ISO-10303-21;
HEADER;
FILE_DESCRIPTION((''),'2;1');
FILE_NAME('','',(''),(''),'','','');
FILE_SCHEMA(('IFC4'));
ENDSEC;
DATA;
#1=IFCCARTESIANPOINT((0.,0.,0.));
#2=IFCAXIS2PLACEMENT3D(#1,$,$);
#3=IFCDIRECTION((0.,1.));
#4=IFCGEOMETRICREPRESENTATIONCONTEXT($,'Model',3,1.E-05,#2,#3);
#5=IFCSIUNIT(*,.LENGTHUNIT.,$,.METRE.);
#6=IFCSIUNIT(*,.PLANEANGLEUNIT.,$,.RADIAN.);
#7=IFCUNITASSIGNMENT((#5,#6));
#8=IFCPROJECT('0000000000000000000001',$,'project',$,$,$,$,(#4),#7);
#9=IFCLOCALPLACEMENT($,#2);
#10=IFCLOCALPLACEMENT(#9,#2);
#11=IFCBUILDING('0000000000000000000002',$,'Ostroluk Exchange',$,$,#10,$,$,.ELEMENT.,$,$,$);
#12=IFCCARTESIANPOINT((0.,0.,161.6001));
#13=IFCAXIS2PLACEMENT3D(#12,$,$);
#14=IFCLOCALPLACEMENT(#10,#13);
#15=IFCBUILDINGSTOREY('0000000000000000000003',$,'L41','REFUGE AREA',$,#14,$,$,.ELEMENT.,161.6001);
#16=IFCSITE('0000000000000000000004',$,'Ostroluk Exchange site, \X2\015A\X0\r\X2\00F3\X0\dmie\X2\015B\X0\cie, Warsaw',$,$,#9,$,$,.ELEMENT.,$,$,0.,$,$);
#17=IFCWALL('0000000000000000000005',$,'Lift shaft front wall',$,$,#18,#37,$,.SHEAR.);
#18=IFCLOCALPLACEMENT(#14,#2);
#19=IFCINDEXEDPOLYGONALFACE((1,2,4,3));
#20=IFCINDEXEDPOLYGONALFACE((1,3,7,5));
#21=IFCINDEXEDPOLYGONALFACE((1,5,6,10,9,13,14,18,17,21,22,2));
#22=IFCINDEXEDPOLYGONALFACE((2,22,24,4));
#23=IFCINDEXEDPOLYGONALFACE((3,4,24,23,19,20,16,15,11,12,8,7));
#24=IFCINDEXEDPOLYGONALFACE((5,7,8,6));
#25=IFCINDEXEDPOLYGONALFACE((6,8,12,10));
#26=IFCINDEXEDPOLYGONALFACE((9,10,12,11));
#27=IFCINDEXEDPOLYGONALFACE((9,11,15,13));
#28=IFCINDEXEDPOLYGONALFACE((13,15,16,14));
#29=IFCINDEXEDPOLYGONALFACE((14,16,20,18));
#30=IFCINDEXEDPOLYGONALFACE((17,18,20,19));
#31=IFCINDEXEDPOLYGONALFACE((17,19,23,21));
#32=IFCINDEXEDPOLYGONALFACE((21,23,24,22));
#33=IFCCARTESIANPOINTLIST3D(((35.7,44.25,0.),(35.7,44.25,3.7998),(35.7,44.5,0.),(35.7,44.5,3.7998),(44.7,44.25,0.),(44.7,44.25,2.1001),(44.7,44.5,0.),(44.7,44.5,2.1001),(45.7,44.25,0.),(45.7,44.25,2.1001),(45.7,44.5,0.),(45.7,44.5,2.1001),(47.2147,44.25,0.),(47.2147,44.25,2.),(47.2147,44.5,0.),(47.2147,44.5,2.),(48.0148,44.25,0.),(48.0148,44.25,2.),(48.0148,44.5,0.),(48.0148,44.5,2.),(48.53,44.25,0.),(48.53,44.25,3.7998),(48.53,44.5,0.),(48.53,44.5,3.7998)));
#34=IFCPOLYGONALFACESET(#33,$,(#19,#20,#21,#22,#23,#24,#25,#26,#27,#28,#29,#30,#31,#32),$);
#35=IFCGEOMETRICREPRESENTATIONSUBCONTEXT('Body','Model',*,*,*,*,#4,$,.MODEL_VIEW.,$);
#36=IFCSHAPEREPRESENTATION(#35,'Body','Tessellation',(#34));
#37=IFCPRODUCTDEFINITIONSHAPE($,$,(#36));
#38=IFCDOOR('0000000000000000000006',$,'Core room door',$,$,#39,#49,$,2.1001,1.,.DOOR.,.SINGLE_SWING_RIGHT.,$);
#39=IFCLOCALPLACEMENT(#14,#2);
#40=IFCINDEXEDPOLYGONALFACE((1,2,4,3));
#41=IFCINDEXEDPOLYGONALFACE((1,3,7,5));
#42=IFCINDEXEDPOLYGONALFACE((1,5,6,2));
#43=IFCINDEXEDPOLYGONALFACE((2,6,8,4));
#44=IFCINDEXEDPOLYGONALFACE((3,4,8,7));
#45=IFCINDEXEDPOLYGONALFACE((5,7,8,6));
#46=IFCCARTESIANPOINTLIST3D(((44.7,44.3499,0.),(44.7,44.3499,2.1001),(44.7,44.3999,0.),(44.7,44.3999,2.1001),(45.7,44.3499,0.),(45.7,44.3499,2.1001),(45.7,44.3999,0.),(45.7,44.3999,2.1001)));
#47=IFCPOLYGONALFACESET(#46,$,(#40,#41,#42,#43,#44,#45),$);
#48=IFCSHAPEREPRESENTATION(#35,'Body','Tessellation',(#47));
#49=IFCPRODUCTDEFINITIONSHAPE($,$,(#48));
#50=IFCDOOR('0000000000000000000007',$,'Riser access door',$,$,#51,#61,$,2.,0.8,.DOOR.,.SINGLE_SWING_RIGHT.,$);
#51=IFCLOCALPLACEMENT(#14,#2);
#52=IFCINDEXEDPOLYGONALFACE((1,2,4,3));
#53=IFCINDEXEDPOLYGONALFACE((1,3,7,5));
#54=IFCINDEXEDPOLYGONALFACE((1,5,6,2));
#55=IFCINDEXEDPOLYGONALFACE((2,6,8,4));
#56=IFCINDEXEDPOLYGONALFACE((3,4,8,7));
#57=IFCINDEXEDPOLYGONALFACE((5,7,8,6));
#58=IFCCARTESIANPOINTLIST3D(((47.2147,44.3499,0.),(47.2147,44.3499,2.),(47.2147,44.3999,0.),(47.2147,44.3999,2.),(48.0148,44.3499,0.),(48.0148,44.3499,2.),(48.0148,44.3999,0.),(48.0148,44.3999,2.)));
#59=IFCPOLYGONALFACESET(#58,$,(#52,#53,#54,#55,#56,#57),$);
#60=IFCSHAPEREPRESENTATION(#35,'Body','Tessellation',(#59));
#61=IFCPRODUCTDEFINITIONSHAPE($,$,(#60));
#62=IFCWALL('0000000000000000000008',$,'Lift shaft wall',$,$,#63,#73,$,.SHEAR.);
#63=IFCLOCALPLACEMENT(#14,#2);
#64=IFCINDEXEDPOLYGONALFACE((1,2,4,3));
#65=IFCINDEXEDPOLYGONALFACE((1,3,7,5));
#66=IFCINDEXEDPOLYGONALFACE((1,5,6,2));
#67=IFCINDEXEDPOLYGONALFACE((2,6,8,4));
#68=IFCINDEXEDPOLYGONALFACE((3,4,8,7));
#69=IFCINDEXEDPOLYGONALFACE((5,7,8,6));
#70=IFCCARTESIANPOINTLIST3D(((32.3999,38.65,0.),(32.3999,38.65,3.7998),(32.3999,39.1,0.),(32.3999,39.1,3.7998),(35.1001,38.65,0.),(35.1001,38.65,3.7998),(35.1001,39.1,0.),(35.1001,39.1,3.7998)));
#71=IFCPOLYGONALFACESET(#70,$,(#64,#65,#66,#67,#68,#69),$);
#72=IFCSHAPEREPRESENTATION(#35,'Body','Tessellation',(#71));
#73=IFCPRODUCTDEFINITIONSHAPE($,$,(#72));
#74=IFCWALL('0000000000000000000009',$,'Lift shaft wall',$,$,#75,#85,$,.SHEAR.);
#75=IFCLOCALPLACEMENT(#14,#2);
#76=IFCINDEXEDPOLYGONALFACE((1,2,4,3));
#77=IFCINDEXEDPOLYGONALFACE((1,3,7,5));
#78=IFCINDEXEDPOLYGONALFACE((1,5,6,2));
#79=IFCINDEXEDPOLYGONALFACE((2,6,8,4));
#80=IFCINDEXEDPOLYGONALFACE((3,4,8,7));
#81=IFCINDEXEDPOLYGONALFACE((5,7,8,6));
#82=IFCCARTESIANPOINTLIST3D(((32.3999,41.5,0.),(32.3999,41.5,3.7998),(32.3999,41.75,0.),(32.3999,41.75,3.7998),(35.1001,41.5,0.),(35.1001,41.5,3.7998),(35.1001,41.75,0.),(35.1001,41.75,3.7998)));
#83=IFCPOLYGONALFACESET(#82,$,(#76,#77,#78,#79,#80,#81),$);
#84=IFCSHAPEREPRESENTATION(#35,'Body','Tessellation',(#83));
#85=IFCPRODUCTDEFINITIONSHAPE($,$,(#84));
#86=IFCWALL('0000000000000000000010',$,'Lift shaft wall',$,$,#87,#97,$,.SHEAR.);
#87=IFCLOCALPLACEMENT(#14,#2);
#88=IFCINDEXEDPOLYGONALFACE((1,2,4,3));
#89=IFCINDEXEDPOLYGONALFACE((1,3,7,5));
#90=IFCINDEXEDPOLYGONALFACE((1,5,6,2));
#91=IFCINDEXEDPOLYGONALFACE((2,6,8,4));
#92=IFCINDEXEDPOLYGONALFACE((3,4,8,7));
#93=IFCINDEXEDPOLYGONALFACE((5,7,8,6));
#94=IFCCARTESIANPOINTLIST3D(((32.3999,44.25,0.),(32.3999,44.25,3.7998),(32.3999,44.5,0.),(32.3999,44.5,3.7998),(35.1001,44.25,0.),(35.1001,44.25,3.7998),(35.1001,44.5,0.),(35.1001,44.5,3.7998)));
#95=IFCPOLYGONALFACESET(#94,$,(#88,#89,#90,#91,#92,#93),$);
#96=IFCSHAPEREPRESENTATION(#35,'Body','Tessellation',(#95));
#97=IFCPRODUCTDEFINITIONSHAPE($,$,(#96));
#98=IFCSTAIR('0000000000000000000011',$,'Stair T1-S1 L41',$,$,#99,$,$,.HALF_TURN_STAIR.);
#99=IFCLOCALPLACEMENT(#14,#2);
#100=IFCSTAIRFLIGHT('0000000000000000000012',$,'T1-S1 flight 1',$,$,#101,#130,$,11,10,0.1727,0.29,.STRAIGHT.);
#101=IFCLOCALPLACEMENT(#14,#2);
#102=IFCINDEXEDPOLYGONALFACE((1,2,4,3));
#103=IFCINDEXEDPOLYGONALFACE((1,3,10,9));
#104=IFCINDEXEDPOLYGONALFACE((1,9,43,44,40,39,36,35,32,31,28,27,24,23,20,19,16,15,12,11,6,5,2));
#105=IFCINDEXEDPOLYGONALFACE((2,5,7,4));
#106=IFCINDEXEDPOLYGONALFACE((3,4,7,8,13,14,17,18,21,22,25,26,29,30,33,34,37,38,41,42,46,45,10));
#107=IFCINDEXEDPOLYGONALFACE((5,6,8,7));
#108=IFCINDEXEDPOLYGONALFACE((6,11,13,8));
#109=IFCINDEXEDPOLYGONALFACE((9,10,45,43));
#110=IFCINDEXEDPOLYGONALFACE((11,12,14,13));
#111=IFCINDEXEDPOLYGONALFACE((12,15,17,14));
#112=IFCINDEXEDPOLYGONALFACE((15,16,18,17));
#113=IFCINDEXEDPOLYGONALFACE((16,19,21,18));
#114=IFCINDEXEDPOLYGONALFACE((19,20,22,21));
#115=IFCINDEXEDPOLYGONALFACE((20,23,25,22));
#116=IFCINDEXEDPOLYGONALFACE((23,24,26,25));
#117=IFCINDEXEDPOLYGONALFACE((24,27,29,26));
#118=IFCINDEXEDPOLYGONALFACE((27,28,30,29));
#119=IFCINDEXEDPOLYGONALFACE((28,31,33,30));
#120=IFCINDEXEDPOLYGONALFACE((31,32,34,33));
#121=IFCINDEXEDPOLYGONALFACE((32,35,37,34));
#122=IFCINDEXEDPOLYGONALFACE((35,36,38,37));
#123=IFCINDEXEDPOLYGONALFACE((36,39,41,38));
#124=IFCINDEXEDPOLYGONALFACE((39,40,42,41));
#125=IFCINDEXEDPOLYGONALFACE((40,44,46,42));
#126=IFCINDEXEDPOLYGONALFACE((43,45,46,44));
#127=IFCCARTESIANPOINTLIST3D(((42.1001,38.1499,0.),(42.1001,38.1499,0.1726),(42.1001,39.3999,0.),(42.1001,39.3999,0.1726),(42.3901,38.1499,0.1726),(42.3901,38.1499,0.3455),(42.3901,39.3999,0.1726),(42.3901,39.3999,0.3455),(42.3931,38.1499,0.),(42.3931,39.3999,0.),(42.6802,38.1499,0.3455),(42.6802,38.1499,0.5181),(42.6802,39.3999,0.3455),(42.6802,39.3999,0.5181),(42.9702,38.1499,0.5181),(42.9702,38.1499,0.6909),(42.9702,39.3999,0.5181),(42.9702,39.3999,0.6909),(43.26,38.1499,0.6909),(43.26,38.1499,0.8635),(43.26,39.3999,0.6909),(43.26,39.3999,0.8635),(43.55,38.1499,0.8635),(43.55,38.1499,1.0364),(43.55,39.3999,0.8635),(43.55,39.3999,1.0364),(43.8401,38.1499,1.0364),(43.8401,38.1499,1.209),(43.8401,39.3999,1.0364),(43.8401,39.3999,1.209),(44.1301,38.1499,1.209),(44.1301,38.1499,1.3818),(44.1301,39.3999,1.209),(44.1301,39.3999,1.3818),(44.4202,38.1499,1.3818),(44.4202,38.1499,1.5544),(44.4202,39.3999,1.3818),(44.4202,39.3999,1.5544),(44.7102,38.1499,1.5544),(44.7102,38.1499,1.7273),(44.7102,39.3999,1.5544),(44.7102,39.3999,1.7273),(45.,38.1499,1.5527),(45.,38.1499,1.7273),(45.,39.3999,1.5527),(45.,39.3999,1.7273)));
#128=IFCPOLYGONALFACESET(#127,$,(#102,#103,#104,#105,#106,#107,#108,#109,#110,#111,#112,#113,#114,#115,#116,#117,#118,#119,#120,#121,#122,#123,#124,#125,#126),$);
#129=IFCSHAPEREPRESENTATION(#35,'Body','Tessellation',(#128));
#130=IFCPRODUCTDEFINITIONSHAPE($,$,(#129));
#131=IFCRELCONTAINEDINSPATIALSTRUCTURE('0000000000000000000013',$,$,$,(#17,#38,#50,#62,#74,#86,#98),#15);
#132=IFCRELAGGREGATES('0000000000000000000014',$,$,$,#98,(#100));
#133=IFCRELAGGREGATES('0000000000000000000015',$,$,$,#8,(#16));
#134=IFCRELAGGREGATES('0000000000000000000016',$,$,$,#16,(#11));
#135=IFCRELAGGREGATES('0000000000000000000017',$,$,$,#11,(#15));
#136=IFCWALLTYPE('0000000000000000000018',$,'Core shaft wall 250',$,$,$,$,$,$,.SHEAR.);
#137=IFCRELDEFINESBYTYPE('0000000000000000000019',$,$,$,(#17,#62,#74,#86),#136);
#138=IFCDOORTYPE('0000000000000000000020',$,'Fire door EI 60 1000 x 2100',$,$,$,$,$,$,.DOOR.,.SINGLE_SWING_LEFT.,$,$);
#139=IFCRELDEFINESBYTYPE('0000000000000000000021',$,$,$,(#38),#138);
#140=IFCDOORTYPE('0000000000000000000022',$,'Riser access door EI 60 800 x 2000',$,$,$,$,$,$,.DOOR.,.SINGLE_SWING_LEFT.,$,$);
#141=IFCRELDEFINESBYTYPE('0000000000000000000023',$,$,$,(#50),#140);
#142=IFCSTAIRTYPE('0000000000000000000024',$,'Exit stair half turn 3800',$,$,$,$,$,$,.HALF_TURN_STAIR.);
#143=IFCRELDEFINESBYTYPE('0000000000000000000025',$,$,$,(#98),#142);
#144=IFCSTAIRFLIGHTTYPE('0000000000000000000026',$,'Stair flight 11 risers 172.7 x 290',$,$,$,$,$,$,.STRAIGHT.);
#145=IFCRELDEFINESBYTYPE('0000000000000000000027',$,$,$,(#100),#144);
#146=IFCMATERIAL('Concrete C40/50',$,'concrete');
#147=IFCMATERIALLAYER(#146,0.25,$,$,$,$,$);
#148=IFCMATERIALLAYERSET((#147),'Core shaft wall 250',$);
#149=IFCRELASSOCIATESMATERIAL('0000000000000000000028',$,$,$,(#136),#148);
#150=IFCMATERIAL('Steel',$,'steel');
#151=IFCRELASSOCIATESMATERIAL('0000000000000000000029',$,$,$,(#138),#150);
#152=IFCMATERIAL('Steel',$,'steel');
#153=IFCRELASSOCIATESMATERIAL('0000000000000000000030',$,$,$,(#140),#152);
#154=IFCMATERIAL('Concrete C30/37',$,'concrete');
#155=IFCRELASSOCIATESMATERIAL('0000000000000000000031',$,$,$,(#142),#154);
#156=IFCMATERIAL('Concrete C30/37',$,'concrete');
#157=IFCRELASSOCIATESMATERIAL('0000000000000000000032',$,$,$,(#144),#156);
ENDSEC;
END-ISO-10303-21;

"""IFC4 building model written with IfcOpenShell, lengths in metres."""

from ifc_helpers import new_model, si_unit, direction, frame, frame_2d, origin, place, context, subcontext, project, spatial, polyline, rectangle, outline, extrude, material, layer, layer_set, type_object, element, fill, aggregate, save


model = new_model("IFC4")

# Units and contexts
model_context = context("Model", 3, precision=1e-05, world=origin(), true_north=direction((0.0, 1.0)))
body_context = subcontext(model_context, "Body", "Model", "MODEL_VIEW")
ifc_project = project(units=[si_unit("LENGTHUNIT", "METRE"), si_unit("PLANEANGLEUNIT", "RADIAN")], contexts=[model_context])

# Site, building, storey
site_placement = place(None, origin())
site = spatial("IfcSite", under=ifc_project, at=site_placement, Name="Ostroluk Exchange site, Śródmieście, Warsaw", CompositionType="ELEMENT", RefElevation=0.0)
building_placement = place(site_placement, origin())
building = spatial("IfcBuilding", under=site, at=building_placement, Name="Ostroluk Exchange", CompositionType="ELEMENT")
storey_placement = place(building_placement, frame((0.0, 0.0, 161.6001)))
storey = spatial("IfcBuildingStorey", under=building, at=storey_placement, Name="L41", Description="REFUGE AREA", CompositionType="ELEMENT", Elevation=161.6001)

# Shared definitions
ifc_material_1 = material(Name="Concrete C40/50", Category="concrete")
ifc_layer_1 = layer(ifc_material_1, 0.25)
ifc_layer_set_1 = layer_set([ifc_layer_1], Name="Core shaft wall 250")
wall_type_1 = type_object("IfcWallType", Name="Core shaft wall 250", PredefinedType="SHEAR", material=ifc_layer_set_1)

# Wall, openings, doors
wall_1_placement = place(storey_placement, frame((35.7, 44.375, 0.0), z_axis=(0.0, 0.0, 1.0), x_axis=(1.0, 0.0, 0.0)))
wall_1 = element("IfcWall", 1, at=wall_1_placement, inside=storey, type_object=wall_type_1, Name="Lift shaft front wall", PredefinedType="SHEAR", context=body_context, shape_type="SweptSolid", body=[
    extrude(rectangle(XDim=12.8301, YDim=0.25, at=frame_2d((6.415, 0.0))), origin(), (0.0, 0.0, 1.0), 3.7998),
])
opening_1_placement = place(wall_1_placement, frame((9.0, 0.0, 0.0)))
opening_1 = element("IfcOpeningElement", 2, at=opening_1_placement, cuts=wall_1, PredefinedType="OPENING", context=body_context, shape_type="SweptSolid", body=[
    extrude(rectangle(XDim=1.0, YDim=2.1001, at=frame_2d((0.5, 1.05))), frame((0.0, 0.135, 0.0), z_axis=(0.0, -1.0, 0.0), x_axis=(1.0, 0.0, 0.0)), (0.0, 0.0, 1.0), 0.27),
])
opening_2_placement = place(wall_1_placement, frame((11.5149, 0.0, 0.0)))
opening_2 = element("IfcOpeningElement", 3, at=opening_2_placement, cuts=wall_1, PredefinedType="OPENING", context=body_context, shape_type="SweptSolid", body=[
    extrude(rectangle(XDim=0.8, YDim=2.0, at=frame_2d((0.3999, 1.0))), frame((0.0, 0.135, 0.0), z_axis=(0.0, -1.0, 0.0), x_axis=(1.0, 0.0, 0.0)), (0.0, 0.0, 1.0), 0.27),
])
ifc_material_2 = material(Name="Steel", Category="steel")
door_type_1 = type_object("IfcDoorType", Name="Fire door EI 60 1000 x 2100", OperationType="SINGLE_SWING_LEFT", PredefinedType="DOOR", material=ifc_material_2)
door_1_placement = place(opening_1_placement, origin())
door_1 = element("IfcDoor", 4, at=door_1_placement, inside=storey, type_object=door_type_1, Name="Core room door", OperationType="SINGLE_SWING_RIGHT", OverallHeight=2.1001, OverallWidth=1.0, PredefinedType="DOOR", context=body_context, shape_type="SweptSolid", body=[
    extrude(rectangle(XDim=1.0, YDim=2.1001, at=frame_2d((0.5, 1.05))), frame((0.0, 0.0249, 0.0), z_axis=(0.0, -1.0, 0.0), x_axis=(1.0, 0.0, 0.0)), (0.0, 0.0, 1.0), 0.05),
])
fill(opening_1, door_1)
ifc_material_3 = material(Name="Steel", Category="steel")
door_type_2 = type_object("IfcDoorType", Name="Riser access door EI 60 800 x 2000", OperationType="SINGLE_SWING_LEFT", PredefinedType="DOOR", material=ifc_material_3)
door_2_placement = place(opening_2_placement, origin())
door_2 = element("IfcDoor", 5, at=door_2_placement, inside=storey, type_object=door_type_2, Name="Riser access door", OperationType="SINGLE_SWING_RIGHT", OverallHeight=2.0, OverallWidth=0.8, PredefinedType="DOOR", context=body_context, shape_type="SweptSolid", body=[
    extrude(rectangle(XDim=0.8, YDim=2.0, at=frame_2d((0.3999, 1.0))), frame((0.0, 0.0249, 0.0), z_axis=(0.0, -1.0, 0.0), x_axis=(1.0, 0.0, 0.0)), (0.0, 0.0, 1.0), 0.05),
])
fill(opening_2, door_2)

# Walls
wall_2_placement = place(storey_placement, frame((32.3999, 38.875, 0.0), z_axis=(0.0, 0.0, 1.0), x_axis=(1.0, 0.0, 0.0)))
element("IfcWall", 6, at=wall_2_placement, inside=storey, type_object=wall_type_1, Name="Lift shaft wall", PredefinedType="SHEAR", context=body_context, shape_type="SweptSolid", body=[
    extrude(rectangle(XDim=2.7002, YDim=0.45, at=frame_2d((1.3501, 0.0))), origin(), (0.0, 0.0, 1.0), 3.7998),
])
for number, where, z_axis, x_axis, name in (
    (7, (32.3999, 41.625, 0.0), (0.0, 0.0, 1.0), (1.0, 0.0, 0.0), "Lift shaft wall"),
    (8, (32.3999, 44.375, 0.0), (0.0, 0.0, 1.0), (1.0, 0.0, 0.0), "Lift shaft wall"),
):
    element("IfcWall", number, at=place(storey_placement, frame(where, z_axis=z_axis, x_axis=x_axis)), inside=storey, type_object=wall_type_1, Name=name, PredefinedType="SHEAR", context=body_context, shape_type="SweptSolid", body=[
        extrude(rectangle(XDim=2.7002, YDim=0.25, at=frame_2d((1.3501, 0.0))), origin(), (0.0, 0.0, 1.0), 3.7998),
    ])

# Stair, stair flight
ifc_material_4 = material(Name="Concrete C30/37", Category="concrete")
stair_type = type_object("IfcStairType", Name="Exit stair half turn 3800", PredefinedType="HALF_TURN_STAIR", material=ifc_material_4)
stair_placement = place(storey_placement, origin())
stair = element("IfcStair", 9, at=stair_placement, inside=storey, type_object=stair_type, Name="Stair T1-S1 L41", PredefinedType="HALF_TURN_STAIR")
ifc_material_5 = material(Name="Concrete C30/37", Category="concrete")
stair_flight_type = type_object("IfcStairFlightType", Name="Stair flight 11 risers 172.7 x 290", PredefinedType="STRAIGHT", material=ifc_material_5)
stair_flight_placement = place(storey_placement, frame((42.1001, 38.7749, 0.0), z_axis=(0.0, 0.0, 1.0), x_axis=(1.0, 0.0, 0.0)))
stair_flight = element("IfcStairFlight", 10, at=stair_flight_placement, type_object=stair_flight_type, Name="T1-S1 flight 1", NumberOfRisers=11, NumberOfTreads=10, PredefinedType="STRAIGHT", RiserHeight=0.1727, TreadLength=0.29, context=body_context, shape_type="SweptSolid", body=[
    extrude(outline(polyline([(0.0, 0.0), (0.0, 0.1726), (0.29, 0.1726), (0.29, 0.3455), (0.5801, 0.3455), (0.5801, 0.5181), (0.8701, 0.5181), (0.8701, 0.6909), (1.1599, 0.6909), (1.1599, 0.8635), (1.45, 0.8635), (1.45, 1.0364), (1.74, 1.0364), (1.74, 1.209), (2.03, 1.209), (2.03, 1.3818), (2.3201, 1.3818), (2.3201, 1.5544), (2.6101, 1.5544), (2.6101, 1.7273), (2.8999, 1.7273), (2.8999, 1.8999), (2.8999, 1.5527), (0.293, 0.0), (0.0, 0.0)])), frame((0.0, 0.625, 0.0), z_axis=(0.0, -1.0, 0.0), x_axis=(1.0, 0.0, 0.0)), (0.0, 0.0, 1.0), 1.25),
])
aggregate(stair, [stair_flight])

save(model, "model.ifc")
